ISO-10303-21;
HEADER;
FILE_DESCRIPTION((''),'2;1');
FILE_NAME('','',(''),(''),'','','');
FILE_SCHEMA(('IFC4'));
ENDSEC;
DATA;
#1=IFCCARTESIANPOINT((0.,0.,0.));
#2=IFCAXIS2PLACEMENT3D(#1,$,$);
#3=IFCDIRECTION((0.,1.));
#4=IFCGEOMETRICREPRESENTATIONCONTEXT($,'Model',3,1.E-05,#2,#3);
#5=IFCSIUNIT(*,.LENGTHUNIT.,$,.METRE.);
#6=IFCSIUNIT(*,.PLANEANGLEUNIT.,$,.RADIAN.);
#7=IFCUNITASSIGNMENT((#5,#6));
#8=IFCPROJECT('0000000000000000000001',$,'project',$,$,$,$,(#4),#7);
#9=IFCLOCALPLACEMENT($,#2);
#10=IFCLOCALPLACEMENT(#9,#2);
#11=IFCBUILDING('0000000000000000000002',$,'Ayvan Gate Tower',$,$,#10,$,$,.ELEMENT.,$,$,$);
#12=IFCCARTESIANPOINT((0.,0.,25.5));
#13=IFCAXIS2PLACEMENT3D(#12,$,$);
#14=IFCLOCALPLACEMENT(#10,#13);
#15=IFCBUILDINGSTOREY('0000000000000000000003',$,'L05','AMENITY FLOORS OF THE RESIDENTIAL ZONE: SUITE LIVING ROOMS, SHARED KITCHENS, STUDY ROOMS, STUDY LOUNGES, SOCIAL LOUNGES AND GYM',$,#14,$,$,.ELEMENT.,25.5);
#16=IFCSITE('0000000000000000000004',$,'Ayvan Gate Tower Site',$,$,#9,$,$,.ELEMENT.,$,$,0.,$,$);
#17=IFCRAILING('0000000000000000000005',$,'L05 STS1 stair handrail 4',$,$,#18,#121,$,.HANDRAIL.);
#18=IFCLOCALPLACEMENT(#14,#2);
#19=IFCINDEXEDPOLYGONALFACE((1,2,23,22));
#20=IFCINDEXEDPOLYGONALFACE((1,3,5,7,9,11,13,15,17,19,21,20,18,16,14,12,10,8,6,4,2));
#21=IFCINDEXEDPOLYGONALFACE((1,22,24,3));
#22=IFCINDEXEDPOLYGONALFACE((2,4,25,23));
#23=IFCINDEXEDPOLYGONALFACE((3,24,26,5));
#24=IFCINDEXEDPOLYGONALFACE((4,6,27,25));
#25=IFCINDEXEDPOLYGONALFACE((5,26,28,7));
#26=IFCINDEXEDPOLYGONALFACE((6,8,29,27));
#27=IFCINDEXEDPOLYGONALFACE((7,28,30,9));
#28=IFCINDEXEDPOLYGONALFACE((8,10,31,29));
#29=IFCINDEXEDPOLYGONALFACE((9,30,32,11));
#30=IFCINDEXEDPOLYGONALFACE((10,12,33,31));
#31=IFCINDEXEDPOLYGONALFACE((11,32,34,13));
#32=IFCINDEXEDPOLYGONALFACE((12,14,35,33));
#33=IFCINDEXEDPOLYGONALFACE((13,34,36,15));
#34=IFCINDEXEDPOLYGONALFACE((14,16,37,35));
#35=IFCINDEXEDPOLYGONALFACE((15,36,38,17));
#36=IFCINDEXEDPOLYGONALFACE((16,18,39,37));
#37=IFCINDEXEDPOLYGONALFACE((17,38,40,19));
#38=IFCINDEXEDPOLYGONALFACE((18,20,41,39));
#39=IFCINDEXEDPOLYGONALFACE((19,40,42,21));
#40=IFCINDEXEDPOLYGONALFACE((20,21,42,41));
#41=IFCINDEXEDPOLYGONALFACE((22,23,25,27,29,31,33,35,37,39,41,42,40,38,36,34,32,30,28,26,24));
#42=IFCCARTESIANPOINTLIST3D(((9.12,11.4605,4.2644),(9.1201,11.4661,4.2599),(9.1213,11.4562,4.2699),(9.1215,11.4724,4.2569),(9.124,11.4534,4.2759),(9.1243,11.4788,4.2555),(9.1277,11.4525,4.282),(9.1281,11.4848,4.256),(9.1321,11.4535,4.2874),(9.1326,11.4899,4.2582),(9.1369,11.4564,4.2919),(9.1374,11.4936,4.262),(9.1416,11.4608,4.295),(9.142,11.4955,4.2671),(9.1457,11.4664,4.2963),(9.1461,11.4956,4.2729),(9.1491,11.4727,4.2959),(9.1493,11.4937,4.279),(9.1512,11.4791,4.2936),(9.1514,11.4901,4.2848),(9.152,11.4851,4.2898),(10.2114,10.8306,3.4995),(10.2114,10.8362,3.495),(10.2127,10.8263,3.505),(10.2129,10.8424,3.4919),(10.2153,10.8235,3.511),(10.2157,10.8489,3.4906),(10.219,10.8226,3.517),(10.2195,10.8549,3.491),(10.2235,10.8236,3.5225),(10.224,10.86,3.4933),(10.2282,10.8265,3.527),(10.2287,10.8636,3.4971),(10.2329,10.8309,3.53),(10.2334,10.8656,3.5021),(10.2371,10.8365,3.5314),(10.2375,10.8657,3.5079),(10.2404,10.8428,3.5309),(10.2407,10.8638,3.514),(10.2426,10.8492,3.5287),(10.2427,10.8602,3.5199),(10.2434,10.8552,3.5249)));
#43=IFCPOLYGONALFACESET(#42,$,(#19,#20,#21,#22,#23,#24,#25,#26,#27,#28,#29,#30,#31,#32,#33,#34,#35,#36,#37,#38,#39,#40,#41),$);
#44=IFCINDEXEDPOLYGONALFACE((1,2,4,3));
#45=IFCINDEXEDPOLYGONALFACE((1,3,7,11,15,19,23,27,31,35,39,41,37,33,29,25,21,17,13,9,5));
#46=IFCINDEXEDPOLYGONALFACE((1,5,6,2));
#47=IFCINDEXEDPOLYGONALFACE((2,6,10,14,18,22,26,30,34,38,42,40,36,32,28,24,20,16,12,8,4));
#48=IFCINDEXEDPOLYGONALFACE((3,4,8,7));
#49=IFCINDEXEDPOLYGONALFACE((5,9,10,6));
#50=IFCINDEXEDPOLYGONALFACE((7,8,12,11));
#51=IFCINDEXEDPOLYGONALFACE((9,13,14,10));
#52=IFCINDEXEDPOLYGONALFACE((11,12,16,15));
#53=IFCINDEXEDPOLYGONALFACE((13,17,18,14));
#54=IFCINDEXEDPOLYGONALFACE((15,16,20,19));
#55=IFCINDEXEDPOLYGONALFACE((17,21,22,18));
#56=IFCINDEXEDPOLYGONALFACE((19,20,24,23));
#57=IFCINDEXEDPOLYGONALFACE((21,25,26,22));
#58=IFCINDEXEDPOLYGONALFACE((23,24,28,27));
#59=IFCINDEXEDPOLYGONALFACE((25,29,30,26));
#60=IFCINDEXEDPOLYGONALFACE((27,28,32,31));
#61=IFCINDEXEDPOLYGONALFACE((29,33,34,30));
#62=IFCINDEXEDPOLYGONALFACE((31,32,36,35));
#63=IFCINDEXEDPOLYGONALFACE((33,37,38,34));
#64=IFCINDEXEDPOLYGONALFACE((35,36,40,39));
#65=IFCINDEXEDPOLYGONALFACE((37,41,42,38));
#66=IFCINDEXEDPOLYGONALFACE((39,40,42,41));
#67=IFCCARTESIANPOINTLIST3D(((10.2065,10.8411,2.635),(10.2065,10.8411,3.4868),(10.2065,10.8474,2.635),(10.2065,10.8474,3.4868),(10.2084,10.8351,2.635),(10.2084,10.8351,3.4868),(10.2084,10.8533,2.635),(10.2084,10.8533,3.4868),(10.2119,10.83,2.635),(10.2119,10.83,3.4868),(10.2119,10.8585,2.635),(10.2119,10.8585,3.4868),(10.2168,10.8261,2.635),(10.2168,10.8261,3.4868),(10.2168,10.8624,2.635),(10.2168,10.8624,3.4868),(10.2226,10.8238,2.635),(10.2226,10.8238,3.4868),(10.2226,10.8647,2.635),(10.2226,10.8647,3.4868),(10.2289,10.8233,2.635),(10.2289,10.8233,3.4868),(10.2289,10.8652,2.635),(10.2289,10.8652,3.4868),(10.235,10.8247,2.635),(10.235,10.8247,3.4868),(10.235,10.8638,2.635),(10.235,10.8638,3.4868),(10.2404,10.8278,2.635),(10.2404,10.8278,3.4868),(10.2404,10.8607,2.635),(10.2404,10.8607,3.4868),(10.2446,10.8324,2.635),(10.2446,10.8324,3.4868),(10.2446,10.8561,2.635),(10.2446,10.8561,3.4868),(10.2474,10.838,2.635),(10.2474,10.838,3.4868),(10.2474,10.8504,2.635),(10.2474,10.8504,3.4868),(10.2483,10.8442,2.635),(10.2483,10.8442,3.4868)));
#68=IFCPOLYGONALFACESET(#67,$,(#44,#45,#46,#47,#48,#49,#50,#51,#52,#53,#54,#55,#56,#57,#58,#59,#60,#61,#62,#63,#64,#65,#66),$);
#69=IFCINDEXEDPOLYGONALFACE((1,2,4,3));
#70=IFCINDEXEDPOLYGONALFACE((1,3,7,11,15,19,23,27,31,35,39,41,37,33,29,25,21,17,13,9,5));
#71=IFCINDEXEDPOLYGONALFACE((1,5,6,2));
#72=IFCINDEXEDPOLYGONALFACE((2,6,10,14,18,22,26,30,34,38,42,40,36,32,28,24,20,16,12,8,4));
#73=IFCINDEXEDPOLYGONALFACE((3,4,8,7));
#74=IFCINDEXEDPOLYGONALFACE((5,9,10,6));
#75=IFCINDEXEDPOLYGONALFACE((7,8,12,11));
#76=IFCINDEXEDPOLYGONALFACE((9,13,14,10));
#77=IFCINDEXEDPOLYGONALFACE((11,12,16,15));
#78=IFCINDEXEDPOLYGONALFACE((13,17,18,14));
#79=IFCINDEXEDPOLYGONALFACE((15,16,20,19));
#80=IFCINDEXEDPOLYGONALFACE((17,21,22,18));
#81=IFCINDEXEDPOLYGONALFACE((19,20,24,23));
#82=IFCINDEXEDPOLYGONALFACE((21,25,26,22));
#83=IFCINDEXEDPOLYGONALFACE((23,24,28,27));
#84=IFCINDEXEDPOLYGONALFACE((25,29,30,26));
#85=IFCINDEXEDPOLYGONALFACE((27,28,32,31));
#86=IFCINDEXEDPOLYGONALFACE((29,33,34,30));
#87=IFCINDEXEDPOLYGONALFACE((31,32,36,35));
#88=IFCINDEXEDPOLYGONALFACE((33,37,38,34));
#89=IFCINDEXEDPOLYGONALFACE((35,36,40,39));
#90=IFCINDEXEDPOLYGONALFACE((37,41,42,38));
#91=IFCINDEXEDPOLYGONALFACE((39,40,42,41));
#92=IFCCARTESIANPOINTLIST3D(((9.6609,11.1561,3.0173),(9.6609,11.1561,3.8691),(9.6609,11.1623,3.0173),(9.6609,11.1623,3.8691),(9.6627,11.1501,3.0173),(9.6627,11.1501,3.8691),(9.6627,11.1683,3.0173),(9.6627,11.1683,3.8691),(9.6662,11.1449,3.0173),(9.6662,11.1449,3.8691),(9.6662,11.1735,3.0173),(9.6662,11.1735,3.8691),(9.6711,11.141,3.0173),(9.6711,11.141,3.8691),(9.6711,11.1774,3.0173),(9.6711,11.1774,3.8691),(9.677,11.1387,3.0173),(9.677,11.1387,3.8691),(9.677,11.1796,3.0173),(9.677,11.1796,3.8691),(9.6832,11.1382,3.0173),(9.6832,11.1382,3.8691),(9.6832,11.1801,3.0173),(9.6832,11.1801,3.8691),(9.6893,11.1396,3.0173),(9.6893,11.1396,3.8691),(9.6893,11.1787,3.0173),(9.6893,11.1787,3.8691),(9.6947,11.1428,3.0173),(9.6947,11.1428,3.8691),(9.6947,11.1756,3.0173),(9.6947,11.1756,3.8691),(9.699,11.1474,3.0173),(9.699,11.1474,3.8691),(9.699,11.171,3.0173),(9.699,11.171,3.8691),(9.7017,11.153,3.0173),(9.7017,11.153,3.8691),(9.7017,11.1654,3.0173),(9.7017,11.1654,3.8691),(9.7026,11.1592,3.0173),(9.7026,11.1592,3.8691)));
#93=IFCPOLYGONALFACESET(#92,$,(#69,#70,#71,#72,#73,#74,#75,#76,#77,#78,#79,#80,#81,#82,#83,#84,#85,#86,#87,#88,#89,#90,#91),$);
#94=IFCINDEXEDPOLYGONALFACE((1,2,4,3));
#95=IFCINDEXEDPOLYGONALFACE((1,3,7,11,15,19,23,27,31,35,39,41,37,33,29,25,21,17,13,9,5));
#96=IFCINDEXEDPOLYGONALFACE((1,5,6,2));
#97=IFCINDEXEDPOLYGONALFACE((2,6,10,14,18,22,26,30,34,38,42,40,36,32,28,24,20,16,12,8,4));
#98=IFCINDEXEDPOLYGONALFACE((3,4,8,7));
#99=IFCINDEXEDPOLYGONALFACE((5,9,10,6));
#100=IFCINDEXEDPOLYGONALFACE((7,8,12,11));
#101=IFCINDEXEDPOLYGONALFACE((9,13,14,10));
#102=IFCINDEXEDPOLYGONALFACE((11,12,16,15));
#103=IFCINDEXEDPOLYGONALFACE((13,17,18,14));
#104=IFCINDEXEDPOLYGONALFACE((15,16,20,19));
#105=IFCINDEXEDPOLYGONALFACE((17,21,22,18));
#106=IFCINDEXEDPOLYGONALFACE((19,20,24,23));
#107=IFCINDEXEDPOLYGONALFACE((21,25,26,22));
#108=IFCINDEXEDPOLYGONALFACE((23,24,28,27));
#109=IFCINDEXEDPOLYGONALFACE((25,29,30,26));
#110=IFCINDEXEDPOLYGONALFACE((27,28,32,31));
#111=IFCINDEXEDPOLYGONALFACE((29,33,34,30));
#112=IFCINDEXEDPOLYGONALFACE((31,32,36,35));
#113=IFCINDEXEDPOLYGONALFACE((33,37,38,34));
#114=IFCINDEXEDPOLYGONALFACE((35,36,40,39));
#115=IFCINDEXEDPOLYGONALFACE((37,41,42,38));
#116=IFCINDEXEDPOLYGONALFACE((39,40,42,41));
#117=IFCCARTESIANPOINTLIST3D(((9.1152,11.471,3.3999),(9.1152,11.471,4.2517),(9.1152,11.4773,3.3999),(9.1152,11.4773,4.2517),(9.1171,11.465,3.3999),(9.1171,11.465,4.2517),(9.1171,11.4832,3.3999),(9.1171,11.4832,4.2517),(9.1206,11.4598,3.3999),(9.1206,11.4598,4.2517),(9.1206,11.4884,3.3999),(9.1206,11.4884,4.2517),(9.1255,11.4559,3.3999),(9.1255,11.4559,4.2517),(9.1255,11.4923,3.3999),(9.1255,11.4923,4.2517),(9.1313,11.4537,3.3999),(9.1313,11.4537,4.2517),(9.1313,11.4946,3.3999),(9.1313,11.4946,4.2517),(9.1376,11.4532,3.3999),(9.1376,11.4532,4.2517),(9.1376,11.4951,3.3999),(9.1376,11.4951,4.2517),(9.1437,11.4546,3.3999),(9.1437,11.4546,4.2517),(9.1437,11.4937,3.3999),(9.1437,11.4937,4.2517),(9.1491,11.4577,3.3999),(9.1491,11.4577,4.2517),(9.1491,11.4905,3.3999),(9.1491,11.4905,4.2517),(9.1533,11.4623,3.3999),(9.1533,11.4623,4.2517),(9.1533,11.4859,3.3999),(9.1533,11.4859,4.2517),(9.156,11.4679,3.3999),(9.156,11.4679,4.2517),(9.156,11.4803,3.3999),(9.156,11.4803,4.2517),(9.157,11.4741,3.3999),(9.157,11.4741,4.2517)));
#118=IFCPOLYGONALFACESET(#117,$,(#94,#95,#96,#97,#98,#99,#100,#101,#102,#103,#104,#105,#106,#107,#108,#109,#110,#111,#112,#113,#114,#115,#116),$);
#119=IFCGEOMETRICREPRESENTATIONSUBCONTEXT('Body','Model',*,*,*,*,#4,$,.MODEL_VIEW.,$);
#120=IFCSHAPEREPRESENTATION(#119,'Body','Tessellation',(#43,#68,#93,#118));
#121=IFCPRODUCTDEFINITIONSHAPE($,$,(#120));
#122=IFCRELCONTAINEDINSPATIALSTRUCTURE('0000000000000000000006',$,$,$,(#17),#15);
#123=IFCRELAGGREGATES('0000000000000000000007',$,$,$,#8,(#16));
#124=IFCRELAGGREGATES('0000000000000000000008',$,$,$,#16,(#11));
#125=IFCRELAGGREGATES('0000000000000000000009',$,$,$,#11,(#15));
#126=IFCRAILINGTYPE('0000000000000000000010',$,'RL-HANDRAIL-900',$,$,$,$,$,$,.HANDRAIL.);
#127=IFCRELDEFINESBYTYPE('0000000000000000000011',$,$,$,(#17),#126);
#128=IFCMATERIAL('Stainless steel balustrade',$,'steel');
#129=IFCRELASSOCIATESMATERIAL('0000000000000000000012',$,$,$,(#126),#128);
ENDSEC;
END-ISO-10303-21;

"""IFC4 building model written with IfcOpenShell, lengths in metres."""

from ifc_helpers import new_model, si_unit, direction, frame, origin, origin_2d, place, context, subcontext, project, spatial, circle, extrude, material, type_object, element, save


model = new_model("IFC4")

# Units and contexts
model_context = context("Model", 3, precision=1e-05, world=origin(), true_north=direction((0.0, 1.0)))
body_context = subcontext(model_context, "Body", "Model", "MODEL_VIEW")
ifc_project = project(units=[si_unit("LENGTHUNIT", "METRE"), si_unit("PLANEANGLEUNIT", "RADIAN")], contexts=[model_context])

# Site, building, storey
site_placement = place(None, origin())
site = spatial("IfcSite", under=ifc_project, at=site_placement, Name="Ayvan Gate Tower Site", CompositionType="ELEMENT", RefElevation=0.0)
building_placement = place(site_placement, origin())
building = spatial("IfcBuilding", under=site, at=building_placement, Name="Ayvan Gate Tower", CompositionType="ELEMENT")
storey_placement = place(building_placement, frame((0.0, 0.0, 25.5)))
storey = spatial("IfcBuildingStorey", under=building, at=storey_placement, Name="L05", Description="AMENITY FLOORS OF THE RESIDENTIAL ZONE: SUITE LIVING ROOMS, SHARED KITCHENS, STUDY ROOMS, STUDY LOUNGES, SOCIAL LOUNGES AND GYM", CompositionType="ELEMENT", Elevation=25.5)

# Railing
ifc_material_1 = material(Name="Stainless steel balustrade", Category="steel")
railing_type_1 = type_object("IfcRailingType", Name="RL-HANDRAIL-900", PredefinedType="HANDRAIL", material=ifc_material_1)
railing_1_placement = place(storey_placement, frame((10.2273, 10.8442, 2.635)))
element("IfcRailing", 1, at=railing_1_placement, inside=storey, type_object=railing_type_1, Name="L05 STS1 stair handrail 4", PredefinedType="HANDRAIL", context=body_context, shape_type="SweptSolid", body=[
    extrude(circle(Radius=0.0239, at=origin_2d()), frame((0.0, 0.0, 0.876), z_axis=(-0.740357, 0.42732, 0.518912), x_axis=(-0.49989, -0.866089, 0.0)), (0.0, 0.0, 1.0), 1.4741),
    extrude(circle(Radius=0.021, at=origin_2d()), origin(), (0.0, 0.0, 1.0), 0.8518),
    extrude(circle(Radius=0.021, at=origin_2d()), frame((-0.5457, 0.3149, 0.3823)), (0.0, 0.0, 1.0), 0.8518),
    extrude(circle(Radius=0.021, at=origin_2d()), frame((-1.0913, 0.6299, 0.7649)), (0.0, 0.0, 1.0), 0.8518),
])

save(model, "model.ifc")
